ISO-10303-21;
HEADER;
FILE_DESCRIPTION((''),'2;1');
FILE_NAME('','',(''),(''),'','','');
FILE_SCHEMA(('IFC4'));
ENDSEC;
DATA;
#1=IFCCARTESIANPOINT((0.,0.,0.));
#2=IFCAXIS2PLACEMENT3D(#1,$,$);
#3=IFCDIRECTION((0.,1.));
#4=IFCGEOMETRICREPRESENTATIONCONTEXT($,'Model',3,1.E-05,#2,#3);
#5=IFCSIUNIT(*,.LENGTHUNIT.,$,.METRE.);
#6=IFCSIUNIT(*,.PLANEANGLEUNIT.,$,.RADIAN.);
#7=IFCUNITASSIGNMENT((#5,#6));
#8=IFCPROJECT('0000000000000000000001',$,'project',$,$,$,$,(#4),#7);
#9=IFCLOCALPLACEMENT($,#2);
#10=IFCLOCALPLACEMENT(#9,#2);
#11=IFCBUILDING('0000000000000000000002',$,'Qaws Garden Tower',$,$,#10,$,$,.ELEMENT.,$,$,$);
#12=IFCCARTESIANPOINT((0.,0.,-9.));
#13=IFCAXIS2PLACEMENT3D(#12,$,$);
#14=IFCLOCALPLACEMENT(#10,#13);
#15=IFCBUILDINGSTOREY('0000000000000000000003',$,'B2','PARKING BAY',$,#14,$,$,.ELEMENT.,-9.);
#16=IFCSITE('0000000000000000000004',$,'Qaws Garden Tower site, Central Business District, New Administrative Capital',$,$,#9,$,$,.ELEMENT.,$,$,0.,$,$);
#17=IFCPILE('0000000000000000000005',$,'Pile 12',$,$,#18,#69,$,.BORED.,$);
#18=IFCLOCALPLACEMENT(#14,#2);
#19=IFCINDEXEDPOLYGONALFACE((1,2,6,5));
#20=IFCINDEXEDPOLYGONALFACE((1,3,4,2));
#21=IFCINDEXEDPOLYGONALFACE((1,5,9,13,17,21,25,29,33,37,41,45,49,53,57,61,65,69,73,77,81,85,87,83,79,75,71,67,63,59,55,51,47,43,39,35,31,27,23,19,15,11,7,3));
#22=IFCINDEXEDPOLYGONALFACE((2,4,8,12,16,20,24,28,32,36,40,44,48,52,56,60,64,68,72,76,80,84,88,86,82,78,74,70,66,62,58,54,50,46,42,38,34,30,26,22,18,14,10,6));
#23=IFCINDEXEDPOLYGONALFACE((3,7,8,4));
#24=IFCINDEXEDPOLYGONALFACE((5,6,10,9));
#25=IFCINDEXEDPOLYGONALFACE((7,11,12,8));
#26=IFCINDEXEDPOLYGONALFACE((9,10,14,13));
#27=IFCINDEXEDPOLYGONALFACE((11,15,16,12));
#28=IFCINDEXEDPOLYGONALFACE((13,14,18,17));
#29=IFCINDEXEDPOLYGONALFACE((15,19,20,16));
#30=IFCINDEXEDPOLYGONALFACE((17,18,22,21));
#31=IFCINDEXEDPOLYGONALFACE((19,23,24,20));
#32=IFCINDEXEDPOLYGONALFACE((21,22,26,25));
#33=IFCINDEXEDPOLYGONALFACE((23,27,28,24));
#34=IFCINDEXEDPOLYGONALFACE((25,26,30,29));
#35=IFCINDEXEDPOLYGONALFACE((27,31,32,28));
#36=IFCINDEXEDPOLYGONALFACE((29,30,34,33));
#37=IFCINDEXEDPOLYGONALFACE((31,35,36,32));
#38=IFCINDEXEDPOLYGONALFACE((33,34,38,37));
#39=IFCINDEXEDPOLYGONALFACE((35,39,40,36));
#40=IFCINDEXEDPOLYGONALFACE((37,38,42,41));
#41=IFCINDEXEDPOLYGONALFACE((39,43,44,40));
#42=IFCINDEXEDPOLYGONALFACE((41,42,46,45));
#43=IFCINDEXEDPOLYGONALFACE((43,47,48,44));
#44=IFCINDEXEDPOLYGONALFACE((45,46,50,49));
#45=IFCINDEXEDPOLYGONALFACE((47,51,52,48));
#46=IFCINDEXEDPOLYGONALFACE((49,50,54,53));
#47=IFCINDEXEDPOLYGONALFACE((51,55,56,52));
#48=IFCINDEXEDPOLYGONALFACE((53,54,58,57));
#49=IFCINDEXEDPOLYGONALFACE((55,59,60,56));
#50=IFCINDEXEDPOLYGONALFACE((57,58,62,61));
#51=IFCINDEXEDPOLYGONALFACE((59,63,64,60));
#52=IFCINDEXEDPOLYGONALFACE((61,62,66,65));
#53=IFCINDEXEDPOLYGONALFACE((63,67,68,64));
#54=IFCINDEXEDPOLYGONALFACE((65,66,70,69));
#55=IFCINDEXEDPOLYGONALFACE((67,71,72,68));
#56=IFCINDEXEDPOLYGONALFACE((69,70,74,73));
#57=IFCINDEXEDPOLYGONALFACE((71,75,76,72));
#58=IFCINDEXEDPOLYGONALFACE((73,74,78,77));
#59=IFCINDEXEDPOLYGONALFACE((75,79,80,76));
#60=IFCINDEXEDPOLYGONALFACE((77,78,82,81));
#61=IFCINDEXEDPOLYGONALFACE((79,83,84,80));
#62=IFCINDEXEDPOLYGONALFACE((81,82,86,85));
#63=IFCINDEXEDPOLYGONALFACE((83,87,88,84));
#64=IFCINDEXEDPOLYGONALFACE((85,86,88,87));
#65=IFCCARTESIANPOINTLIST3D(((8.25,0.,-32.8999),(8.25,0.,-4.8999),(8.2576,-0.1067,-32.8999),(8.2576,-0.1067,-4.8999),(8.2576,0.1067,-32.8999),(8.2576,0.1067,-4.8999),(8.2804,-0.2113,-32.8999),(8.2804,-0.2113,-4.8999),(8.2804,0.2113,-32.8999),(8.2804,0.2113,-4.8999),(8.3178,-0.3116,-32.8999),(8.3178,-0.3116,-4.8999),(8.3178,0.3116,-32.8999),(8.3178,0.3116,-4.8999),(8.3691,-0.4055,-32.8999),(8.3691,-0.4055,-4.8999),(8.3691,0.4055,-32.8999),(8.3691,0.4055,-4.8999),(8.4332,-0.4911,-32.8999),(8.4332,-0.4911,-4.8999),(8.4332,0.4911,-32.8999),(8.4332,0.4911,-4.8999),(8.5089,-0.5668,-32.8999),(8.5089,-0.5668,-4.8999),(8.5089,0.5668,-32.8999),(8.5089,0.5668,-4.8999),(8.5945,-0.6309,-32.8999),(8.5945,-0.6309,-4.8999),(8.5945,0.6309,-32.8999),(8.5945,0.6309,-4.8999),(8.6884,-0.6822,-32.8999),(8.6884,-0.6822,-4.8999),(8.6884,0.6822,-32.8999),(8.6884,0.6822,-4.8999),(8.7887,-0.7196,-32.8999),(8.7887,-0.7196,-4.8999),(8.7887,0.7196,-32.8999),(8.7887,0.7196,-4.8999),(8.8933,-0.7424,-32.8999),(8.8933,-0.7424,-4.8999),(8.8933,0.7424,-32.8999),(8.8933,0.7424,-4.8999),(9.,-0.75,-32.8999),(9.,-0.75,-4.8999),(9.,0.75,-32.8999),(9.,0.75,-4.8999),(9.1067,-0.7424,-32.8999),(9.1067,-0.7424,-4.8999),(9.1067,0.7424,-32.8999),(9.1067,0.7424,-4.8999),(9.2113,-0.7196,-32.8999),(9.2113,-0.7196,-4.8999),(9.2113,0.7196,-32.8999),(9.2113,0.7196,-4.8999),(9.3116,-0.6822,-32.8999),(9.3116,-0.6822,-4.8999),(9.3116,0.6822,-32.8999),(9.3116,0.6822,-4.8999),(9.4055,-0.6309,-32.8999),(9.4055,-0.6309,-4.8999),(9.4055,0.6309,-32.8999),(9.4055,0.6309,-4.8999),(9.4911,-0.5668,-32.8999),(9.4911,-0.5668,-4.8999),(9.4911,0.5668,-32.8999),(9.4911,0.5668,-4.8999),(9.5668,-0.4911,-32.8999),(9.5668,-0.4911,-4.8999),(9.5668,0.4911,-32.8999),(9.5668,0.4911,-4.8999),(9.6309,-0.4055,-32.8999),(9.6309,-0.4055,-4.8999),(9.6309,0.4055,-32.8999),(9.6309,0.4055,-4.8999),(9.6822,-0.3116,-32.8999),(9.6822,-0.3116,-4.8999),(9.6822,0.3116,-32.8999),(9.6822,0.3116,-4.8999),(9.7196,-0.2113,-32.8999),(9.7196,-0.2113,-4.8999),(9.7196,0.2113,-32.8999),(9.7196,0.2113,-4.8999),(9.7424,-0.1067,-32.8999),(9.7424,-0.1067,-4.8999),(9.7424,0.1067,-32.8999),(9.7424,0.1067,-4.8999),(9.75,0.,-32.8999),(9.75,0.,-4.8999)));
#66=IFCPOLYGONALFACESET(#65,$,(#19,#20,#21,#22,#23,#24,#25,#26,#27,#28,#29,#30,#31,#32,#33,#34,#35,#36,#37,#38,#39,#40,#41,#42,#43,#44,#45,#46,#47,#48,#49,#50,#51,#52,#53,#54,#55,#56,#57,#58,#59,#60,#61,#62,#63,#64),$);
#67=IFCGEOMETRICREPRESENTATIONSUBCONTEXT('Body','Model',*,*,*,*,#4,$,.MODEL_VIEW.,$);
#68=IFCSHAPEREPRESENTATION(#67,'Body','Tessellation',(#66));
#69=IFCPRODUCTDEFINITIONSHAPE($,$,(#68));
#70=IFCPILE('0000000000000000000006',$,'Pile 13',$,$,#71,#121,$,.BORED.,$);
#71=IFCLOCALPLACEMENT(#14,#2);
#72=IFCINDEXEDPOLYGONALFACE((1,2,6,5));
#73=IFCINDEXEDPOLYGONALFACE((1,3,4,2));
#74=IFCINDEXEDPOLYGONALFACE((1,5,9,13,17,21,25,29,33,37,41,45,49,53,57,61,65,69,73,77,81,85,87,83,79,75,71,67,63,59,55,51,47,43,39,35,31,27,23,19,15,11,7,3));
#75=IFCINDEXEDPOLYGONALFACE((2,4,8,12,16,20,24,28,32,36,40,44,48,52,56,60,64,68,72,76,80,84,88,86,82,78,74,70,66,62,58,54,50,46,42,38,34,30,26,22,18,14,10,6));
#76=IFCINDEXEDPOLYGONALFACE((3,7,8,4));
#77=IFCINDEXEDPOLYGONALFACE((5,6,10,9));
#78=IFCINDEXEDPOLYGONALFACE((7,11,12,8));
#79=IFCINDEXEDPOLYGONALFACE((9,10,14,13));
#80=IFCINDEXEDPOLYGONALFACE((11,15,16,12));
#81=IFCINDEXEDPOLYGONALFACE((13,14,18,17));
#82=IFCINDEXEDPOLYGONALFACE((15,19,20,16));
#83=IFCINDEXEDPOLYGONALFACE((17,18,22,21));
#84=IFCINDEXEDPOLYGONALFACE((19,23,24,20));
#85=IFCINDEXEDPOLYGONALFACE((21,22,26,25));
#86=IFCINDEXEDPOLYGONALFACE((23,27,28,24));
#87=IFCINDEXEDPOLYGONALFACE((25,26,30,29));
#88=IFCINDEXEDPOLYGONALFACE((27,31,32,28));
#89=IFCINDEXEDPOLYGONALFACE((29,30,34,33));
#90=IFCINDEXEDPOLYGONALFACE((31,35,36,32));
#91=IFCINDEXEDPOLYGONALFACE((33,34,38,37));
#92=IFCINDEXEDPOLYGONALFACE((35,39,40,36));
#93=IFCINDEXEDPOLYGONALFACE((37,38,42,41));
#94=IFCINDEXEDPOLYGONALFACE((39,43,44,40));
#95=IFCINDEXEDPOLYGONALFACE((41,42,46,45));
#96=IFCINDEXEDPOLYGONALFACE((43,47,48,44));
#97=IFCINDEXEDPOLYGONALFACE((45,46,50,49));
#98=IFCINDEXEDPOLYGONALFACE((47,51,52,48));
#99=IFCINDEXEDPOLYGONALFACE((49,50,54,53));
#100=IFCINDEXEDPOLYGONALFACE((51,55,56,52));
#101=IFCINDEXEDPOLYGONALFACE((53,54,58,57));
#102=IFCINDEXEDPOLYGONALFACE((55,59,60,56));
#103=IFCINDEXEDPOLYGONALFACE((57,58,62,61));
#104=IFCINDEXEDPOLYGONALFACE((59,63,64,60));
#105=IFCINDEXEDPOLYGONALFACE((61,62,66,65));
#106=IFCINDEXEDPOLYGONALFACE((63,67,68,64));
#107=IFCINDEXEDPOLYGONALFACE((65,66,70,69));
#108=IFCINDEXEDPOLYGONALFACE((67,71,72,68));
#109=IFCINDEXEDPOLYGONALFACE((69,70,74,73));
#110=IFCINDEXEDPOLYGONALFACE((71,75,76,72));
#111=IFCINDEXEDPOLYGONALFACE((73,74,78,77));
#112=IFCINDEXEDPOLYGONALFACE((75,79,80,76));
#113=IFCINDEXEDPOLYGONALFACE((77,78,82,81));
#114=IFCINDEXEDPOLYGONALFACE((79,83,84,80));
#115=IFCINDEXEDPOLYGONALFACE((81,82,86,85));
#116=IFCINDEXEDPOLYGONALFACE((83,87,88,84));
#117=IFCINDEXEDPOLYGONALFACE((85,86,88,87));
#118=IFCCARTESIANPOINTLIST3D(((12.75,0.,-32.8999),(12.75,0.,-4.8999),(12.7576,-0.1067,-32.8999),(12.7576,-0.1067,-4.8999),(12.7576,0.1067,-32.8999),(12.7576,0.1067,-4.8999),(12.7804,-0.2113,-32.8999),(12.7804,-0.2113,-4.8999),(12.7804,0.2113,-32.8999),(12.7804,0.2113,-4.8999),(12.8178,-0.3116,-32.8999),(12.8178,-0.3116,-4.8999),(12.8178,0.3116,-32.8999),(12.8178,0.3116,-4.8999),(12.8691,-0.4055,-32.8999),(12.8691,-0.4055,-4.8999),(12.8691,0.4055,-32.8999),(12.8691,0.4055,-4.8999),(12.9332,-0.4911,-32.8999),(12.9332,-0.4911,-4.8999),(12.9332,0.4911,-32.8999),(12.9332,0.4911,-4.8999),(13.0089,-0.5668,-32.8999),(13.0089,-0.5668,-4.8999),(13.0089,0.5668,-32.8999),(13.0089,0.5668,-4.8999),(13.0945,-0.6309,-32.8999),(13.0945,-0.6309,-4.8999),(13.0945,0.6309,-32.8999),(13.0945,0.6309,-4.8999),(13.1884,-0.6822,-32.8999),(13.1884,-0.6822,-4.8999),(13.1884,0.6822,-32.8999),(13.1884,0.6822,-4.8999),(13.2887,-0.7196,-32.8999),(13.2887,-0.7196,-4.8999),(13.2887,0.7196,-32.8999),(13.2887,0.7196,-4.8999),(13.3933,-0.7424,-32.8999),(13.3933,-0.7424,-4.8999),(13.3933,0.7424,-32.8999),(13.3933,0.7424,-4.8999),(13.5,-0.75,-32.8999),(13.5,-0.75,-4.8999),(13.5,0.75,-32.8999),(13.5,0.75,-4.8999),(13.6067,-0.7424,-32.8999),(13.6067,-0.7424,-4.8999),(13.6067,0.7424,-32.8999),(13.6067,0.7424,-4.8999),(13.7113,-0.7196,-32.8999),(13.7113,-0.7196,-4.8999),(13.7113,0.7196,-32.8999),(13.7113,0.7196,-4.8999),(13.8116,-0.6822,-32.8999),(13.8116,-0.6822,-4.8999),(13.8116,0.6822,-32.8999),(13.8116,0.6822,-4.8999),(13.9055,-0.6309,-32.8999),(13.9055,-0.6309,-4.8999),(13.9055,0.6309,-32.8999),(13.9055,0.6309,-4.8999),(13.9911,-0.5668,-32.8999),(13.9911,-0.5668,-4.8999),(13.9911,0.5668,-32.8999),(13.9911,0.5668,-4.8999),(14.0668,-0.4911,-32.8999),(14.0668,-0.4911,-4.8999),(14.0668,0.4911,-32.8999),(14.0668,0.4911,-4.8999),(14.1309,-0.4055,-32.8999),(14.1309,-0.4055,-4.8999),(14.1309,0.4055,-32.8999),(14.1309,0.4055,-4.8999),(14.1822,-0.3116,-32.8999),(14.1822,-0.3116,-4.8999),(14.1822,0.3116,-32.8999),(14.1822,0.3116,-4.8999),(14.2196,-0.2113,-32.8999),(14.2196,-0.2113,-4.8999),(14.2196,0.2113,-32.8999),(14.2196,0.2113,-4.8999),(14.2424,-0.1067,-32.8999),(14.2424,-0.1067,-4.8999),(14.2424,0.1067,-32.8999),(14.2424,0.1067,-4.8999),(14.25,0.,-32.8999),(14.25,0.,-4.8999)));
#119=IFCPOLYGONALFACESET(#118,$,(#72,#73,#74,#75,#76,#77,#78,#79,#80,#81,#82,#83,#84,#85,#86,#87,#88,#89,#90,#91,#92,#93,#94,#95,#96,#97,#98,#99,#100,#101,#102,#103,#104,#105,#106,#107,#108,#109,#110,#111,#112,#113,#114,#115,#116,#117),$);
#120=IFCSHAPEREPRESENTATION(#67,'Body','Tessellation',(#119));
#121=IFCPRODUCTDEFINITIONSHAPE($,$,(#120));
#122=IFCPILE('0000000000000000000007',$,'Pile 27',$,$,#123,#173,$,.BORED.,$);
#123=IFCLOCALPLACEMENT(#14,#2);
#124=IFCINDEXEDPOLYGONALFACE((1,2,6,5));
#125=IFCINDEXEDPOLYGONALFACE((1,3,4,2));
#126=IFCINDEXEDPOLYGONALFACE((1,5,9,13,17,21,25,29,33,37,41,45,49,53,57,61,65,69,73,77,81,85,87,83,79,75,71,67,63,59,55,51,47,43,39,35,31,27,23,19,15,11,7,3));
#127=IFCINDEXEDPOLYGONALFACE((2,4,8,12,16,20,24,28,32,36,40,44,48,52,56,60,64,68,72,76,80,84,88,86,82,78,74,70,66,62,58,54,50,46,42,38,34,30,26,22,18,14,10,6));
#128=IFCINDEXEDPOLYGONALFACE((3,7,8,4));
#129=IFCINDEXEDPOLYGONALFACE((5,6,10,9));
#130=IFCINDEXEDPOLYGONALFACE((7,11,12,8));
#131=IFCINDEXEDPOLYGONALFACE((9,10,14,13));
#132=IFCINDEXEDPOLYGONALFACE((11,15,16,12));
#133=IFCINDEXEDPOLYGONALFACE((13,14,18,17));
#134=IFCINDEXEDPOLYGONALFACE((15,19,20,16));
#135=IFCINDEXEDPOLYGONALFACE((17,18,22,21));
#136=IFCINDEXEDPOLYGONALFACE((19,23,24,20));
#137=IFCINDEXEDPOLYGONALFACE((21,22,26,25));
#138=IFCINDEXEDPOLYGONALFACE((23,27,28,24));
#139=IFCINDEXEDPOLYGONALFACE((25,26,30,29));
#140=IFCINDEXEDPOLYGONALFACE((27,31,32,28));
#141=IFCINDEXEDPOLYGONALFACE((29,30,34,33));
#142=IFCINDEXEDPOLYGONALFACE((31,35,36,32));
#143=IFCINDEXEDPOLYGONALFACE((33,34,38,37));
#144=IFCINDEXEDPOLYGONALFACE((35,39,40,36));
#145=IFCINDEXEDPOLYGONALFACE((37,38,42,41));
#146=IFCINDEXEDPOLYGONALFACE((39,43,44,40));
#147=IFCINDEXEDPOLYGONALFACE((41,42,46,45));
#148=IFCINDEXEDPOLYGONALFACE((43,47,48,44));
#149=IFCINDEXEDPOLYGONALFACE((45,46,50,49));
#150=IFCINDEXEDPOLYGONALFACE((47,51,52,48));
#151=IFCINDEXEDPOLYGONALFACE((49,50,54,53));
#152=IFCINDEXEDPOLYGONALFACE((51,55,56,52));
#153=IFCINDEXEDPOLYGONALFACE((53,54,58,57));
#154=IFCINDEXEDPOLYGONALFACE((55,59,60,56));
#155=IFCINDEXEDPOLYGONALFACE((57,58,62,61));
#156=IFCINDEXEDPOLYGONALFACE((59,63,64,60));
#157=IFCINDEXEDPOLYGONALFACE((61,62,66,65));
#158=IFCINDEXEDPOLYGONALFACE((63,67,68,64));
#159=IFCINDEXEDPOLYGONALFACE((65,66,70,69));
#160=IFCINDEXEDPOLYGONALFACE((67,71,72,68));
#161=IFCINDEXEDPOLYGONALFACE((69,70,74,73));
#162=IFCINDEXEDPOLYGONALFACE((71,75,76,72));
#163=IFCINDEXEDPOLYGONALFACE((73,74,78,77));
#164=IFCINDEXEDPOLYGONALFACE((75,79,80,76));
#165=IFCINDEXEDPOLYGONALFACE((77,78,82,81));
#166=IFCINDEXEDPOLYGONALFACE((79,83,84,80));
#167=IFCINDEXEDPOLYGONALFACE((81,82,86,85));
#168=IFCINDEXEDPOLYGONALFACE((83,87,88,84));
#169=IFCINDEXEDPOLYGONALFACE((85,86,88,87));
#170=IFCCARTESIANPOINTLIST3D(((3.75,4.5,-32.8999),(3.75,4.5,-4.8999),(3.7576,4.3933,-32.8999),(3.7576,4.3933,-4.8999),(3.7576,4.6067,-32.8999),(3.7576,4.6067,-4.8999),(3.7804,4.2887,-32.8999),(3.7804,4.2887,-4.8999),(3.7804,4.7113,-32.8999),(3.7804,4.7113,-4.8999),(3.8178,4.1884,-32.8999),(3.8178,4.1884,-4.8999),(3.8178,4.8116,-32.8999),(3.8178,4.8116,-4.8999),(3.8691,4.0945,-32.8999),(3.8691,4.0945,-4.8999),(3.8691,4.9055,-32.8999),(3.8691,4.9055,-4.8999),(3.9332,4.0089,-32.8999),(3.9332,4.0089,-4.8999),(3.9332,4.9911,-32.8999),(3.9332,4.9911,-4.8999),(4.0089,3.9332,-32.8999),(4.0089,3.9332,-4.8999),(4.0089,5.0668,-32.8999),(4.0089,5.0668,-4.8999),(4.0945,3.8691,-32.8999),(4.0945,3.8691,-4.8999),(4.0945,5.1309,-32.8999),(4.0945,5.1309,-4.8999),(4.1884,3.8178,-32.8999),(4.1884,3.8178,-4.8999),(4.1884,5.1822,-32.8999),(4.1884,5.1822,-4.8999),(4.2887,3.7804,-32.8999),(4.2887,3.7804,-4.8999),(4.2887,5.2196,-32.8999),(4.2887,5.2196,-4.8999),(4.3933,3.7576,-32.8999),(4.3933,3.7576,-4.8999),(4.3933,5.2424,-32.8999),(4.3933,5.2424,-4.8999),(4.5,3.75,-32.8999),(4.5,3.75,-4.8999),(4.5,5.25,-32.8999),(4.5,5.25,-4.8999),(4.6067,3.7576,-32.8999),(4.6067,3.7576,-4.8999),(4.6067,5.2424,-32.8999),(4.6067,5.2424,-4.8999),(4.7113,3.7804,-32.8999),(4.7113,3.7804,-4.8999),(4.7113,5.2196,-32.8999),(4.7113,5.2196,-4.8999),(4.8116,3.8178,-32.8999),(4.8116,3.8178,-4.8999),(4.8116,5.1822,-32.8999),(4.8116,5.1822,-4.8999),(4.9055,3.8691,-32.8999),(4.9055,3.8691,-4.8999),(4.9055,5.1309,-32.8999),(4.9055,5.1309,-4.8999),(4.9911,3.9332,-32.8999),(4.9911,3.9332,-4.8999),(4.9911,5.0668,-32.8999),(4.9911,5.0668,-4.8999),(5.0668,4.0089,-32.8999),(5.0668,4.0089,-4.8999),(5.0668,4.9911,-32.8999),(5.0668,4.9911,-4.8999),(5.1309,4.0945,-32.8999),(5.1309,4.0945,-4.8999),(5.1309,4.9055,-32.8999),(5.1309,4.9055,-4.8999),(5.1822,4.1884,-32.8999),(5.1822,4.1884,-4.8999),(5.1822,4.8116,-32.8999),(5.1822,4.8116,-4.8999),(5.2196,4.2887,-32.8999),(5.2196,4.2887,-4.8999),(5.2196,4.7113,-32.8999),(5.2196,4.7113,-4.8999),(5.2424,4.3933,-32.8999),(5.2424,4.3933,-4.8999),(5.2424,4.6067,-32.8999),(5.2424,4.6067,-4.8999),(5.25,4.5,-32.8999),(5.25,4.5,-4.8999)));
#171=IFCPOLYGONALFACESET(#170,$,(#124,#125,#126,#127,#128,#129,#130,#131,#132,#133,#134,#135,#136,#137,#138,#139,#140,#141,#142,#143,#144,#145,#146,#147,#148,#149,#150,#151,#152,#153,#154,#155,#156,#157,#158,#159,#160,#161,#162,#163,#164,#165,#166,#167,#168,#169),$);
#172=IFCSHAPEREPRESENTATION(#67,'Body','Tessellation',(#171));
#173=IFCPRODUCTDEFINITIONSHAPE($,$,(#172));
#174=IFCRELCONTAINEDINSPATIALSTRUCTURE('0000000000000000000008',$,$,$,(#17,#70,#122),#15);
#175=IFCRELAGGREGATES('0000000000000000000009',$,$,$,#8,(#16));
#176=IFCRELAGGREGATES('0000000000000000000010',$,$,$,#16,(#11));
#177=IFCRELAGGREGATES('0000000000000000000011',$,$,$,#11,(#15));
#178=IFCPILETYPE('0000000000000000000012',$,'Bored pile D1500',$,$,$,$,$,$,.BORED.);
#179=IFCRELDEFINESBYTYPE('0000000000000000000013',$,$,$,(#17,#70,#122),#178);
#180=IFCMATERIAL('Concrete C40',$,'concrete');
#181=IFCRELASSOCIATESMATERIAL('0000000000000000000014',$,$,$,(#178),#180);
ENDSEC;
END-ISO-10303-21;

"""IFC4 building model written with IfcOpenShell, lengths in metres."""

from ifc_helpers import new_model, si_unit, direction, frame, origin, origin_2d, place, context, subcontext, project, spatial, circle, extrude, material, material_profile, profile_set, type_object, element, save


model = new_model("IFC4")

# Units and contexts
model_context = context("Model", 3, precision=1e-05, world=origin(), true_north=direction((0.0, 1.0)))
body_context = subcontext(model_context, "Body", "Model", "MODEL_VIEW")
ifc_project = project(units=[si_unit("LENGTHUNIT", "METRE"), si_unit("PLANEANGLEUNIT", "RADIAN")], contexts=[model_context])

# Site, building, storey
site_placement = place(None, origin())
site = spatial("IfcSite", under=ifc_project, at=site_placement, Name="Qaws Garden Tower site, Central Business District, New Administrative Capital", CompositionType="ELEMENT", RefElevation=0.0)
building_placement = place(site_placement, origin())
building = spatial("IfcBuilding", under=site, at=building_placement, Name="Qaws Garden Tower", CompositionType="ELEMENT")
storey_placement = place(building_placement, frame((0.0, 0.0, -9.0)))
storey = spatial("IfcBuildingStorey", under=building, at=storey_placement, Name="B2", Description="PARKING BAY", CompositionType="ELEMENT", Elevation=-9.0)

# Piles
ifc_material_1 = material(Name="Concrete C40", Category="concrete")
ifc_material_profile_1 = material_profile(ifc_material_1, circle(Radius=0.75, at=origin_2d()), Name="Bored pile D1500")
ifc_profile_set_1 = profile_set([ifc_material_profile_1], Name="Concrete C40")
pile_type = type_object("IfcPileType", Name="Bored pile D1500", PredefinedType="BORED", material=ifc_profile_set_1)
for number, where, z_axis, x_axis, name in (
    (1, (9.0, 0.0, -4.8999), (0.0, 0.0, -1.0), (1.0, 0.0, 0.0), "Pile 12"),
    (2, (13.5, 0.0, -4.8999), (0.0, 0.0, -1.0), (1.0, 0.0, 0.0), "Pile 13"),
    (3, (4.5, 4.5, -4.8999), (0.0, 0.0, -1.0), (1.0, 0.0, 0.0), "Pile 27"),
):
    element("IfcPile", number, at=place(storey_placement, frame(where, z_axis=z_axis, x_axis=x_axis)), inside=storey, type_object=pile_type, Name=name, PredefinedType="BORED", context=body_context, shape_type="SweptSolid", body=[
        extrude(circle(Radius=0.75, at=origin_2d()), origin(), (0.0, 0.0, 1.0), 28.0),
    ])

save(model, "model.ifc")
